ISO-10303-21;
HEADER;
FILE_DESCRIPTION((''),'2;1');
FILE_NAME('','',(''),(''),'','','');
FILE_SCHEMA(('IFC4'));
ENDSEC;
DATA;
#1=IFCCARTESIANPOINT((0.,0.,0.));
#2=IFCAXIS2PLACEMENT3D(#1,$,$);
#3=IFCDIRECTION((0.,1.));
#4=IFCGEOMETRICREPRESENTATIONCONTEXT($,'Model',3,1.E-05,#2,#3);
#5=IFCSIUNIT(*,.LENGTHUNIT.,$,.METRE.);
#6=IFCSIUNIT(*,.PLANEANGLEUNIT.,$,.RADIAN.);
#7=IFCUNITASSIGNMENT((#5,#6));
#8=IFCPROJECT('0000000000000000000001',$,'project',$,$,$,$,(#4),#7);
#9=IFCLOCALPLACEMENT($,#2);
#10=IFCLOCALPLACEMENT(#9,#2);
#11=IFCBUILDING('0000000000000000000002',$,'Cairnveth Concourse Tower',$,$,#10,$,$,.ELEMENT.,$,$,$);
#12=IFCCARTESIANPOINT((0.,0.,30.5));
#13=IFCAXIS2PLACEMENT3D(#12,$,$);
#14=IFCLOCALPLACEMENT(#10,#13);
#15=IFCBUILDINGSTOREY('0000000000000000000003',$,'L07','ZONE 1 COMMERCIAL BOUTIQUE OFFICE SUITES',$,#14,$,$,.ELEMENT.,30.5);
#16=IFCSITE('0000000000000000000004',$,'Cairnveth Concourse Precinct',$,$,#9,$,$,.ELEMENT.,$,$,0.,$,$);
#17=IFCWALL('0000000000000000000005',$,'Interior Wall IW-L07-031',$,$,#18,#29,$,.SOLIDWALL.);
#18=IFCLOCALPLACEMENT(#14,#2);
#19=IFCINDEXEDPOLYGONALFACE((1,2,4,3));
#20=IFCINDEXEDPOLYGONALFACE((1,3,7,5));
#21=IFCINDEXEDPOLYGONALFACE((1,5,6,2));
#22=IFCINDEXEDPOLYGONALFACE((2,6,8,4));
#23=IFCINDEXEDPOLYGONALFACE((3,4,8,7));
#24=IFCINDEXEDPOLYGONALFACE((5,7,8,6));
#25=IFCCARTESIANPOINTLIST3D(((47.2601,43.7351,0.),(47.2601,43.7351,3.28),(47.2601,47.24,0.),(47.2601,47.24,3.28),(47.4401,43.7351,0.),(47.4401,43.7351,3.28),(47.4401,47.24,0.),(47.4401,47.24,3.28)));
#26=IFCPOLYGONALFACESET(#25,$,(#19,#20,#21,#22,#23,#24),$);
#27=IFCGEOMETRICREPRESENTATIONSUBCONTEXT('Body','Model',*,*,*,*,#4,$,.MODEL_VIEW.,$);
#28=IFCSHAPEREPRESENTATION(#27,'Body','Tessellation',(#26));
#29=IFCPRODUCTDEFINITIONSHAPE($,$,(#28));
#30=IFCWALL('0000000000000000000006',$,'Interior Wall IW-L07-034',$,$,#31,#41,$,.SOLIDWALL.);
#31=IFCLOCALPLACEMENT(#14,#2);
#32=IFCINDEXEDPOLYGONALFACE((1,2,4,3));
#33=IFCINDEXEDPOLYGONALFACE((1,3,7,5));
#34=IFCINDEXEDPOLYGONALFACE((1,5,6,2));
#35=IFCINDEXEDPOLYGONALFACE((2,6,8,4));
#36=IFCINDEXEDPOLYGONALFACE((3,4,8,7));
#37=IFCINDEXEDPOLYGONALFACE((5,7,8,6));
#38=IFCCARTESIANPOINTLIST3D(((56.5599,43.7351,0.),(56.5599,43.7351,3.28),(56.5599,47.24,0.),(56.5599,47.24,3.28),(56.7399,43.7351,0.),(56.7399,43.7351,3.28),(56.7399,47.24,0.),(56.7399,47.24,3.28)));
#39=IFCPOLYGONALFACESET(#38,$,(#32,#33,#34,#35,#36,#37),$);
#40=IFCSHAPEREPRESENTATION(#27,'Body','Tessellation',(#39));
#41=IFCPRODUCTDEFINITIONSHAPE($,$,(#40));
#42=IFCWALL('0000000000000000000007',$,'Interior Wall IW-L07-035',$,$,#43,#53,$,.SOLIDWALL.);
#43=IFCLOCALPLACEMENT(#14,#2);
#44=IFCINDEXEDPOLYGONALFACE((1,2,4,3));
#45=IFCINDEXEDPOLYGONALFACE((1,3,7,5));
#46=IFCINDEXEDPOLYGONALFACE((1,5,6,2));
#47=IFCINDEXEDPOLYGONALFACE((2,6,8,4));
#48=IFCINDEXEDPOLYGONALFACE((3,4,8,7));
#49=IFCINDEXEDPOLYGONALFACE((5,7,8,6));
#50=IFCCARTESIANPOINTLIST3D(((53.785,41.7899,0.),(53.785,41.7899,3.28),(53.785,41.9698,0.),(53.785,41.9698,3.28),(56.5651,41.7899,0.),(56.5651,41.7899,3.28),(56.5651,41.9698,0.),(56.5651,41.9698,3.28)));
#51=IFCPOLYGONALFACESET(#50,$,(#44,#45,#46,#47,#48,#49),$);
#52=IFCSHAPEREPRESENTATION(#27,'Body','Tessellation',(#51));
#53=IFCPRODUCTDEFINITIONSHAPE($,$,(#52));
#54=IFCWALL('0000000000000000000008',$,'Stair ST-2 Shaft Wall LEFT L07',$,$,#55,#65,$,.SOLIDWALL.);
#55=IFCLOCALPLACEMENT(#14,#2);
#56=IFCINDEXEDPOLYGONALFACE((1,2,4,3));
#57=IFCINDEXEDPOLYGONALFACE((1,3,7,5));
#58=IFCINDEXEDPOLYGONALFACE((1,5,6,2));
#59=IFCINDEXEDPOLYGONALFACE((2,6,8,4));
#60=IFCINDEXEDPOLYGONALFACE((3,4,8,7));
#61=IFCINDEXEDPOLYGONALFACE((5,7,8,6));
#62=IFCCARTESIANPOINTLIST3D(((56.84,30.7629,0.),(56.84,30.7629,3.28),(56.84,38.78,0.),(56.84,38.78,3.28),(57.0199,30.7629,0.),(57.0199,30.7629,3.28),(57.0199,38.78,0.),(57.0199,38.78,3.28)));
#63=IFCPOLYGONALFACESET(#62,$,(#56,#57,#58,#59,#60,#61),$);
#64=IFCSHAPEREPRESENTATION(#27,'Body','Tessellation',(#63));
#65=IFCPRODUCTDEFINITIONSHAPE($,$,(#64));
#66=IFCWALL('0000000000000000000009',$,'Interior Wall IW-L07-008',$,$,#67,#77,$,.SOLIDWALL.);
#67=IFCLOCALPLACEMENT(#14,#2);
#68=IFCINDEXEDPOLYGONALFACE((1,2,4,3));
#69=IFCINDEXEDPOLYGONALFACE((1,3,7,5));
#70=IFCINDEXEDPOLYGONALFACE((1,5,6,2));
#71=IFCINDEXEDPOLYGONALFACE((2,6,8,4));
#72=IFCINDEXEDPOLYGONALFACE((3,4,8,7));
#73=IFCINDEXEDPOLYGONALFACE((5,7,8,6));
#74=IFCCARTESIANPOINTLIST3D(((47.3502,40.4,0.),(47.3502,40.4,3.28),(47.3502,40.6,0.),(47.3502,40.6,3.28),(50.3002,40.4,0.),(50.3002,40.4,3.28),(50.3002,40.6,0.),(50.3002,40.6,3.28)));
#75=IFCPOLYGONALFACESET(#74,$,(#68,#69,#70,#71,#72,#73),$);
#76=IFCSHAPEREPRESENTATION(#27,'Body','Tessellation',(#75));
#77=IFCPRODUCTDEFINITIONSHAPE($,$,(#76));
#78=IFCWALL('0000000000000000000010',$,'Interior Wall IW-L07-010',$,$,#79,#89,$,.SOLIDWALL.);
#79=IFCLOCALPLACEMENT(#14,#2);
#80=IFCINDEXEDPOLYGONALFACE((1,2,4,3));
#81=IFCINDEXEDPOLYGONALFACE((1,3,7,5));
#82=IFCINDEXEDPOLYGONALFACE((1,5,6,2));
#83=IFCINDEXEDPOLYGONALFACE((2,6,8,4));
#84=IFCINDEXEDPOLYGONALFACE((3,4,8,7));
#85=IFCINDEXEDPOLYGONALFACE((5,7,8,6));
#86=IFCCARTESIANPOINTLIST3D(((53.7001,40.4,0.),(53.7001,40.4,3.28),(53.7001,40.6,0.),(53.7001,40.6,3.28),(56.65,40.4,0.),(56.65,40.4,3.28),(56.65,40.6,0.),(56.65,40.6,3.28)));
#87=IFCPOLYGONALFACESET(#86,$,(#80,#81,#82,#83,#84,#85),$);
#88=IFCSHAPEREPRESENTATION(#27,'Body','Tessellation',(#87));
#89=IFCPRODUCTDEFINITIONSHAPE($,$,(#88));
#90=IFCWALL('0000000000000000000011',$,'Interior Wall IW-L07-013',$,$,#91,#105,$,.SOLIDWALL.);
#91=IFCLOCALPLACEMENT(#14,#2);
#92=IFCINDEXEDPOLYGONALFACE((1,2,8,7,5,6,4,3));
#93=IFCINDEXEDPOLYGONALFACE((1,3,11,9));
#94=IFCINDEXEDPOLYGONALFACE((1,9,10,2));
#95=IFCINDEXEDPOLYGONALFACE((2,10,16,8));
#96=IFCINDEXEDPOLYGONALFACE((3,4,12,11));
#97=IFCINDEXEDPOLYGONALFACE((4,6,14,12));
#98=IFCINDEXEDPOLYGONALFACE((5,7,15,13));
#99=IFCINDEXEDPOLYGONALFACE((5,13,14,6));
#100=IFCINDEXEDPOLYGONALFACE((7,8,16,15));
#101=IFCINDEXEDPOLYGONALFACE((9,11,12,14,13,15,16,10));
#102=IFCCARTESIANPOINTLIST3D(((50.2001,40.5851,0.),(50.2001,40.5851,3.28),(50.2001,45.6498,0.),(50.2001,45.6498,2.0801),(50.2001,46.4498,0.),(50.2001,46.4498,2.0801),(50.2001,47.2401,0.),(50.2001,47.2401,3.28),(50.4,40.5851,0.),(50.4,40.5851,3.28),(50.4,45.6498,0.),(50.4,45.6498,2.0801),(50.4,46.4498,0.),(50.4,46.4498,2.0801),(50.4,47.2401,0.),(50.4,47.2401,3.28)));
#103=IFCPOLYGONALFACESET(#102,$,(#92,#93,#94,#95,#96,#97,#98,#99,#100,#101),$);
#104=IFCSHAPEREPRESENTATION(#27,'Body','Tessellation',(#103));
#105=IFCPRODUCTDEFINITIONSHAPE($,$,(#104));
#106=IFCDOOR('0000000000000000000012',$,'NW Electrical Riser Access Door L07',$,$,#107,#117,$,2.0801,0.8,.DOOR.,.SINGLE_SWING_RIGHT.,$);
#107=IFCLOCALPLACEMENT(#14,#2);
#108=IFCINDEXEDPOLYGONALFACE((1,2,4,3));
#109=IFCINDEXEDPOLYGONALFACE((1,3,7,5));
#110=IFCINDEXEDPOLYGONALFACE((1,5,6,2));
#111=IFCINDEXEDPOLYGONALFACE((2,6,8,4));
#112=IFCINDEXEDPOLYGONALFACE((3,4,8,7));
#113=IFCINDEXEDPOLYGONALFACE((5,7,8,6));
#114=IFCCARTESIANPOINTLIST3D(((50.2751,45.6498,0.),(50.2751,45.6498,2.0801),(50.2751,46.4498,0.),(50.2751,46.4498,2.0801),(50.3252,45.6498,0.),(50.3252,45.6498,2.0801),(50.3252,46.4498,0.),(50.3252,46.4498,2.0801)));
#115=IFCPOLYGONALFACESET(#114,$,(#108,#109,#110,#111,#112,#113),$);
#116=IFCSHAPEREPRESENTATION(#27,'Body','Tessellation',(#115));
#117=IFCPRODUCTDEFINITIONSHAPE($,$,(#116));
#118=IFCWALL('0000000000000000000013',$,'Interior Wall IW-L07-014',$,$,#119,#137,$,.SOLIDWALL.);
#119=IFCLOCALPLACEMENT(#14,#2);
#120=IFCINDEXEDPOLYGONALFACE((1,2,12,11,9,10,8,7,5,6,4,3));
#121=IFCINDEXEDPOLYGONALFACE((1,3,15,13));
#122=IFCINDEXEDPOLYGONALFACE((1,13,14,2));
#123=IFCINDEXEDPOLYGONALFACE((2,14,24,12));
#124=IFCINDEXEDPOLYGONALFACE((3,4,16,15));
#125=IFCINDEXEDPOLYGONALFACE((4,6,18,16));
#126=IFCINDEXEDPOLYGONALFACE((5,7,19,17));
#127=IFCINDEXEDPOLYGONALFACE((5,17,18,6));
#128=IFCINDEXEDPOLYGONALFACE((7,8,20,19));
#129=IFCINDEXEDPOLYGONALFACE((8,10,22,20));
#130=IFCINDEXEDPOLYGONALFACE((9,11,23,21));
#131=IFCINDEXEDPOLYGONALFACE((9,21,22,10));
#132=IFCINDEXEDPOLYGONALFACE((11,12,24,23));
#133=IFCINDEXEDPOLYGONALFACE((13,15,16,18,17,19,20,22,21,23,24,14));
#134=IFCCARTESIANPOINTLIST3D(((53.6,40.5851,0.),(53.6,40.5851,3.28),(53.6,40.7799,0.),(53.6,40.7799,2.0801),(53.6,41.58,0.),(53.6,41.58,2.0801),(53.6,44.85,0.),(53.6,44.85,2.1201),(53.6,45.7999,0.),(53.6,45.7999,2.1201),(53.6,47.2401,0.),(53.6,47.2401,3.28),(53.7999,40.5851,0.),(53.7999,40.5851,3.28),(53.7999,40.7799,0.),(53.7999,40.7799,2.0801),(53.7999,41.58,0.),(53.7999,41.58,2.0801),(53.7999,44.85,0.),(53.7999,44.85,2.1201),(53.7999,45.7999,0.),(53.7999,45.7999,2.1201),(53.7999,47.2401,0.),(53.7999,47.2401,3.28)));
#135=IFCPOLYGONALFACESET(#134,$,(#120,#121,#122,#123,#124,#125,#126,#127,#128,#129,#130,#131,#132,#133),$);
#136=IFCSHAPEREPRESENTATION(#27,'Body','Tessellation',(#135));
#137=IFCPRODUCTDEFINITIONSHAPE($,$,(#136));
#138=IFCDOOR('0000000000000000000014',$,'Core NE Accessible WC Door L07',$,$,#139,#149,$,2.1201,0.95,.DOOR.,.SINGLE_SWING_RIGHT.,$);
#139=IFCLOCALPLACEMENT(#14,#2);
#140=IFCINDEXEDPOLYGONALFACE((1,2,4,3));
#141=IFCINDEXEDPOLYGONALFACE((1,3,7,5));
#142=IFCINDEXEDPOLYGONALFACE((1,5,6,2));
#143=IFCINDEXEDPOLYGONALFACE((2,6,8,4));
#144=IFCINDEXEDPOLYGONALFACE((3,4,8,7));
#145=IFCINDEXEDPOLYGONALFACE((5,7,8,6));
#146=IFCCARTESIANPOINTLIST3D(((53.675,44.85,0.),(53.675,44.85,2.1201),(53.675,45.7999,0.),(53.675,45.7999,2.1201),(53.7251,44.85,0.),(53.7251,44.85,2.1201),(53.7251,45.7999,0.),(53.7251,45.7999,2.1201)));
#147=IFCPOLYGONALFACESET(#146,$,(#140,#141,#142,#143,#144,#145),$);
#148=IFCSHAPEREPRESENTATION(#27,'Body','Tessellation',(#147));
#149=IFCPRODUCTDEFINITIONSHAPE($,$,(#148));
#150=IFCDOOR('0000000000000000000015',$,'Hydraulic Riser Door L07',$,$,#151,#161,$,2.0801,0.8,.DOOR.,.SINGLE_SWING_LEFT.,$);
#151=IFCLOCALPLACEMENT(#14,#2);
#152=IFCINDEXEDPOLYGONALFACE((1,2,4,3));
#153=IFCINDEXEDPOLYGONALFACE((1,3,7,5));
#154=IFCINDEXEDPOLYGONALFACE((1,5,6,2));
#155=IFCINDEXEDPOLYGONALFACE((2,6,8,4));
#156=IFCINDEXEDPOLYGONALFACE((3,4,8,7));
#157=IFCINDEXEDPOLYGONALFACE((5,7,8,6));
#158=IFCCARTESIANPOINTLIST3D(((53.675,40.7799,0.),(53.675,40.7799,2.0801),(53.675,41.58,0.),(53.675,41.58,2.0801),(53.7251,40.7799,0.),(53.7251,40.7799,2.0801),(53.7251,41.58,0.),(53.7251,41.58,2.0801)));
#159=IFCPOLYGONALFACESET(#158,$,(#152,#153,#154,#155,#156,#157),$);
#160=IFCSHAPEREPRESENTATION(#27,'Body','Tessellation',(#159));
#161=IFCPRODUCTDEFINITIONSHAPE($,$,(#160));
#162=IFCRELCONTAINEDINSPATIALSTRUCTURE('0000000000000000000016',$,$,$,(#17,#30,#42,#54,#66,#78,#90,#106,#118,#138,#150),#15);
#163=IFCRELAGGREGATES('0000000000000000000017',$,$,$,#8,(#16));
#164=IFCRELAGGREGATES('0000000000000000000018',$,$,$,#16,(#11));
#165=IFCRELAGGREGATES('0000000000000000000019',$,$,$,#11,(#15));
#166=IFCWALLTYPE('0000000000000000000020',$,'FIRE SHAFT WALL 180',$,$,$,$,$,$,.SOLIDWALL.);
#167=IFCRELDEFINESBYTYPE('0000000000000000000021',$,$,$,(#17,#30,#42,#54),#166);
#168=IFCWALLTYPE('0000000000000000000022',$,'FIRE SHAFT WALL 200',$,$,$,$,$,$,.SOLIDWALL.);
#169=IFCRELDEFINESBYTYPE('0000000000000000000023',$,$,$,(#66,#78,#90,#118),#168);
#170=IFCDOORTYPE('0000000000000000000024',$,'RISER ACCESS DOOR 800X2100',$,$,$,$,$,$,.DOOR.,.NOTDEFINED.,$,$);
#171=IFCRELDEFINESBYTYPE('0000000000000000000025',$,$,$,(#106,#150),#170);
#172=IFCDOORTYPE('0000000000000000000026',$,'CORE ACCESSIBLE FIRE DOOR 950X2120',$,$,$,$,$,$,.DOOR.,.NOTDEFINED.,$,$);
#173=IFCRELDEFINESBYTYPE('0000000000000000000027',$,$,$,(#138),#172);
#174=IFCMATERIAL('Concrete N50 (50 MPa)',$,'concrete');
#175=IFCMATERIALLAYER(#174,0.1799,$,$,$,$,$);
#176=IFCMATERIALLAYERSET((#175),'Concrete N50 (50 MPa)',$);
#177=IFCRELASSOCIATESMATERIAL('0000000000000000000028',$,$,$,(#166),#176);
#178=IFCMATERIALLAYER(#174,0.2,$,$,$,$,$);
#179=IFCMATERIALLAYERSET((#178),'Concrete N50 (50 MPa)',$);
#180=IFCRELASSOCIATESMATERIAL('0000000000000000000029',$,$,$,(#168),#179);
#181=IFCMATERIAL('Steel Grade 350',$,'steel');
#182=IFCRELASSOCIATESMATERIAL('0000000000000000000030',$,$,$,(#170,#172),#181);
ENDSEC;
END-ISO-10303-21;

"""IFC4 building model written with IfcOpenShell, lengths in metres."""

from ifc_helpers import new_model, si_unit, direction, frame, frame_2d, origin, place, context, subcontext, project, spatial, rectangle, extrude, material, layer, layer_set, type_object, element, fill, save


model = new_model("IFC4")

# Units and contexts
model_context = context("Model", 3, precision=1e-05, world=origin(), true_north=direction((0.0, 1.0)))
body_context = subcontext(model_context, "Body", "Model", "MODEL_VIEW")
ifc_project = project(units=[si_unit("LENGTHUNIT", "METRE"), si_unit("PLANEANGLEUNIT", "RADIAN")], contexts=[model_context])

# Site, building, storey
site_placement = place(None, origin())
site = spatial("IfcSite", under=ifc_project, at=site_placement, Name="Cairnveth Concourse Precinct", CompositionType="ELEMENT", RefElevation=0.0)
building_placement = place(site_placement, origin())
building = spatial("IfcBuilding", under=site, at=building_placement, Name="Cairnveth Concourse Tower", CompositionType="ELEMENT")
storey_placement = place(building_placement, frame((0.0, 0.0, 30.5)))
storey = spatial("IfcBuildingStorey", under=building, at=storey_placement, Name="L07", Description="ZONE 1 COMMERCIAL BOUTIQUE OFFICE SUITES", CompositionType="ELEMENT", Elevation=30.5)

# Walls
ifc_material_1 = material(Name="Concrete N50 (50 MPa)", Category="concrete")
ifc_layer_1 = layer(ifc_material_1, 0.1799)
ifc_layer_set_1 = layer_set([ifc_layer_1], Name="Concrete N50 (50 MPa)")
wall_type_1 = type_object("IfcWallType", Name="FIRE SHAFT WALL 180", PredefinedType="SOLIDWALL", material=ifc_layer_set_1)
for number, where, z_axis, x_axis, name in (
    (1, (47.3501, 43.7351, 0.0), (0.0, 0.0, 1.0), (0.0, 1.0, 0.0), "Interior Wall IW-L07-031"),
    (2, (56.6499, 43.7351, 0.0), (0.0, 0.0, 1.0), (0.0, 1.0, 0.0), "Interior Wall IW-L07-034"),
):
    element("IfcWall", number, at=place(storey_placement, frame(where, z_axis=z_axis, x_axis=x_axis)), inside=storey, type_object=wall_type_1, Name=name, PredefinedType="SOLIDWALL", context=body_context, shape_type="SweptSolid", body=[
        extrude(rectangle(XDim=3.5049, YDim=0.1799, at=frame_2d((1.7524, 0.0))), origin(), (0.0, 0.0, 1.0), 3.28),
    ])
wall_1_placement = place(storey_placement, frame((53.7849, 41.8799, 0.0), z_axis=(0.0, 0.0, 1.0), x_axis=(1.0, 0.0, 0.0)))
element("IfcWall", 3, at=wall_1_placement, inside=storey, type_object=wall_type_1, Name="Interior Wall IW-L07-035", PredefinedType="SOLIDWALL", context=body_context, shape_type="SweptSolid", body=[
    extrude(rectangle(XDim=2.78, YDim=0.1799, at=frame_2d((1.3901, 0.0))), origin(), (0.0, 0.0, 1.0), 3.28),
])
wall_2_placement = place(storey_placement, frame((56.9299, 38.78, 0.0), z_axis=(0.0, 0.0, 1.0), x_axis=(0.0, -1.0, 0.0)))
element("IfcWall", 4, at=wall_2_placement, inside=storey, type_object=wall_type_1, Name="Stair ST-2 Shaft Wall LEFT L07", PredefinedType="SOLIDWALL", context=body_context, shape_type="SweptSolid", body=[
    extrude(rectangle(XDim=8.0171, YDim=0.1799, at=frame_2d((4.0085, 0.0))), origin(), (0.0, 0.0, 1.0), 3.28),
])
ifc_layer_2 = layer(ifc_material_1, 0.2)
ifc_layer_set_2 = layer_set([ifc_layer_2], Name="Concrete N50 (50 MPa)")
wall_type_2 = type_object("IfcWallType", Name="FIRE SHAFT WALL 200", PredefinedType="SOLIDWALL", material=ifc_layer_set_2)
for number, where, z_axis, x_axis, name in (
    (5, (47.3501, 40.5, 0.0), (0.0, 0.0, 1.0), (1.0, 0.0, 0.0), "Interior Wall IW-L07-008"),
    (6, (53.7, 40.5, 0.0), (0.0, 0.0, 1.0), (1.0, 0.0, 0.0), "Interior Wall IW-L07-010"),
):
    element("IfcWall", number, at=place(storey_placement, frame(where, z_axis=z_axis, x_axis=x_axis)), inside=storey, type_object=wall_type_2, Name=name, PredefinedType="SOLIDWALL", context=body_context, shape_type="SweptSolid", body=[
        extrude(rectangle(XDim=2.95, YDim=0.2, at=frame_2d((1.4751, 0.0))), origin(), (0.0, 0.0, 1.0), 3.28),
    ])

# Wall, opening, door
wall_3_placement = place(storey_placement, frame((50.3, 40.585, 0.0), z_axis=(0.0, 0.0, 1.0), x_axis=(0.0, 1.0, 0.0)))
wall_3 = element("IfcWall", 7, at=wall_3_placement, inside=storey, type_object=wall_type_2, Name="Interior Wall IW-L07-013", PredefinedType="SOLIDWALL", context=body_context, shape_type="SweptSolid", body=[
    extrude(rectangle(XDim=6.655, YDim=0.2, at=frame_2d((3.3276, 0.0))), origin(), (0.0, 0.0, 1.0), 3.28),
])
opening_1_placement = place(wall_3_placement, frame((5.0649, 0.0, 0.0)))
opening_1 = element("IfcOpeningElement", 8, at=opening_1_placement, cuts=wall_3, PredefinedType="OPENING", context=body_context, shape_type="SweptSolid", body=[
    extrude(rectangle(XDim=0.8, YDim=2.0801, at=frame_2d((0.3999, 1.04))), frame((0.0, 0.1099, 0.0), z_axis=(0.0, -1.0, 0.0), x_axis=(1.0, 0.0, 0.0)), (0.0, 0.0, 1.0), 0.22),
])
ifc_material_2 = material(Name="Steel Grade 350", Category="steel")
door_type_1 = type_object("IfcDoorType", Name="RISER ACCESS DOOR 800X2100", OperationType="NOTDEFINED", PredefinedType="DOOR", material=ifc_material_2)
door_1_placement = place(opening_1_placement, origin())
door_1 = element("IfcDoor", 9, at=door_1_placement, inside=storey, type_object=door_type_1, Name="NW Electrical Riser Access Door L07", OperationType="SINGLE_SWING_RIGHT", OverallHeight=2.0801, OverallWidth=0.8, PredefinedType="DOOR", context=body_context, shape_type="SweptSolid", body=[
    extrude(rectangle(XDim=0.8, YDim=2.0801, at=frame_2d((0.3999, 1.04))), frame((0.0, 0.0249, 0.0), z_axis=(0.0, -1.0, 0.0), x_axis=(1.0, 0.0, 0.0)), (0.0, 0.0, 1.0), 0.05),
])
fill(opening_1, door_1)

# Wall, openings, doors
wall_4_placement = place(storey_placement, frame((53.7, 40.585, 0.0), z_axis=(0.0, 0.0, 1.0), x_axis=(0.0, 1.0, 0.0)))
wall_4 = element("IfcWall", 10, at=wall_4_placement, inside=storey, type_object=wall_type_2, Name="Interior Wall IW-L07-014", PredefinedType="SOLIDWALL", context=body_context, shape_type="SweptSolid", body=[
    extrude(rectangle(XDim=6.655, YDim=0.2, at=frame_2d((3.3276, 0.0))), origin(), (0.0, 0.0, 1.0), 3.28),
])
opening_2_placement = place(wall_4_placement, frame((0.1951, 0.0, 0.0)))
opening_2 = element("IfcOpeningElement", 11, at=opening_2_placement, cuts=wall_4, PredefinedType="OPENING", context=body_context, shape_type="SweptSolid", body=[
    extrude(rectangle(XDim=0.8, YDim=2.0801, at=frame_2d((0.3999, 1.04))), frame((0.0, 0.1099, 0.0), z_axis=(0.0, -1.0, 0.0), x_axis=(1.0, 0.0, 0.0)), (0.0, 0.0, 1.0), 0.22),
])
opening_3_placement = place(wall_4_placement, frame((4.2649, 0.0, 0.0)))
opening_3 = element("IfcOpeningElement", 12, at=opening_3_placement, cuts=wall_4, PredefinedType="OPENING", context=body_context, shape_type="SweptSolid", body=[
    extrude(rectangle(XDim=0.95, YDim=2.1201, at=frame_2d((0.4751, 1.0601))), frame((0.0, 0.1099, 0.0), z_axis=(0.0, -1.0, 0.0), x_axis=(1.0, 0.0, 0.0)), (0.0, 0.0, 1.0), 0.22),
])
door_type_2 = type_object("IfcDoorType", Name="CORE ACCESSIBLE FIRE DOOR 950X2120", OperationType="NOTDEFINED", PredefinedType="DOOR", material=ifc_material_2)
door_2_placement = place(opening_3_placement, origin())
door_2 = element("IfcDoor", 13, at=door_2_placement, inside=storey, type_object=door_type_2, Name="Core NE Accessible WC Door L07", OperationType="SINGLE_SWING_RIGHT", OverallHeight=2.1201, OverallWidth=0.95, PredefinedType="DOOR", context=body_context, shape_type="SweptSolid", body=[
    extrude(rectangle(XDim=0.95, YDim=2.1201, at=frame_2d((0.4751, 1.0601))), frame((0.0, 0.0249, 0.0), z_axis=(0.0, -1.0, 0.0), x_axis=(1.0, 0.0, 0.0)), (0.0, 0.0, 1.0), 0.05),
])
fill(opening_3, door_2)
door_3_placement = place(opening_2_placement, origin())
door_3 = element("IfcDoor", 14, at=door_3_placement, inside=storey, type_object=door_type_1, Name="Hydraulic Riser Door L07", OperationType="SINGLE_SWING_LEFT", OverallHeight=2.0801, OverallWidth=0.8, PredefinedType="DOOR", context=body_context, shape_type="SweptSolid", body=[
    extrude(rectangle(XDim=0.8, YDim=2.0801, at=frame_2d((0.3999, 1.04))), frame((0.0, 0.0249, 0.0), z_axis=(0.0, -1.0, 0.0), x_axis=(1.0, 0.0, 0.0)), (0.0, 0.0, 1.0), 0.05),
])
fill(opening_2, door_3)

save(model, "model.ifc")
